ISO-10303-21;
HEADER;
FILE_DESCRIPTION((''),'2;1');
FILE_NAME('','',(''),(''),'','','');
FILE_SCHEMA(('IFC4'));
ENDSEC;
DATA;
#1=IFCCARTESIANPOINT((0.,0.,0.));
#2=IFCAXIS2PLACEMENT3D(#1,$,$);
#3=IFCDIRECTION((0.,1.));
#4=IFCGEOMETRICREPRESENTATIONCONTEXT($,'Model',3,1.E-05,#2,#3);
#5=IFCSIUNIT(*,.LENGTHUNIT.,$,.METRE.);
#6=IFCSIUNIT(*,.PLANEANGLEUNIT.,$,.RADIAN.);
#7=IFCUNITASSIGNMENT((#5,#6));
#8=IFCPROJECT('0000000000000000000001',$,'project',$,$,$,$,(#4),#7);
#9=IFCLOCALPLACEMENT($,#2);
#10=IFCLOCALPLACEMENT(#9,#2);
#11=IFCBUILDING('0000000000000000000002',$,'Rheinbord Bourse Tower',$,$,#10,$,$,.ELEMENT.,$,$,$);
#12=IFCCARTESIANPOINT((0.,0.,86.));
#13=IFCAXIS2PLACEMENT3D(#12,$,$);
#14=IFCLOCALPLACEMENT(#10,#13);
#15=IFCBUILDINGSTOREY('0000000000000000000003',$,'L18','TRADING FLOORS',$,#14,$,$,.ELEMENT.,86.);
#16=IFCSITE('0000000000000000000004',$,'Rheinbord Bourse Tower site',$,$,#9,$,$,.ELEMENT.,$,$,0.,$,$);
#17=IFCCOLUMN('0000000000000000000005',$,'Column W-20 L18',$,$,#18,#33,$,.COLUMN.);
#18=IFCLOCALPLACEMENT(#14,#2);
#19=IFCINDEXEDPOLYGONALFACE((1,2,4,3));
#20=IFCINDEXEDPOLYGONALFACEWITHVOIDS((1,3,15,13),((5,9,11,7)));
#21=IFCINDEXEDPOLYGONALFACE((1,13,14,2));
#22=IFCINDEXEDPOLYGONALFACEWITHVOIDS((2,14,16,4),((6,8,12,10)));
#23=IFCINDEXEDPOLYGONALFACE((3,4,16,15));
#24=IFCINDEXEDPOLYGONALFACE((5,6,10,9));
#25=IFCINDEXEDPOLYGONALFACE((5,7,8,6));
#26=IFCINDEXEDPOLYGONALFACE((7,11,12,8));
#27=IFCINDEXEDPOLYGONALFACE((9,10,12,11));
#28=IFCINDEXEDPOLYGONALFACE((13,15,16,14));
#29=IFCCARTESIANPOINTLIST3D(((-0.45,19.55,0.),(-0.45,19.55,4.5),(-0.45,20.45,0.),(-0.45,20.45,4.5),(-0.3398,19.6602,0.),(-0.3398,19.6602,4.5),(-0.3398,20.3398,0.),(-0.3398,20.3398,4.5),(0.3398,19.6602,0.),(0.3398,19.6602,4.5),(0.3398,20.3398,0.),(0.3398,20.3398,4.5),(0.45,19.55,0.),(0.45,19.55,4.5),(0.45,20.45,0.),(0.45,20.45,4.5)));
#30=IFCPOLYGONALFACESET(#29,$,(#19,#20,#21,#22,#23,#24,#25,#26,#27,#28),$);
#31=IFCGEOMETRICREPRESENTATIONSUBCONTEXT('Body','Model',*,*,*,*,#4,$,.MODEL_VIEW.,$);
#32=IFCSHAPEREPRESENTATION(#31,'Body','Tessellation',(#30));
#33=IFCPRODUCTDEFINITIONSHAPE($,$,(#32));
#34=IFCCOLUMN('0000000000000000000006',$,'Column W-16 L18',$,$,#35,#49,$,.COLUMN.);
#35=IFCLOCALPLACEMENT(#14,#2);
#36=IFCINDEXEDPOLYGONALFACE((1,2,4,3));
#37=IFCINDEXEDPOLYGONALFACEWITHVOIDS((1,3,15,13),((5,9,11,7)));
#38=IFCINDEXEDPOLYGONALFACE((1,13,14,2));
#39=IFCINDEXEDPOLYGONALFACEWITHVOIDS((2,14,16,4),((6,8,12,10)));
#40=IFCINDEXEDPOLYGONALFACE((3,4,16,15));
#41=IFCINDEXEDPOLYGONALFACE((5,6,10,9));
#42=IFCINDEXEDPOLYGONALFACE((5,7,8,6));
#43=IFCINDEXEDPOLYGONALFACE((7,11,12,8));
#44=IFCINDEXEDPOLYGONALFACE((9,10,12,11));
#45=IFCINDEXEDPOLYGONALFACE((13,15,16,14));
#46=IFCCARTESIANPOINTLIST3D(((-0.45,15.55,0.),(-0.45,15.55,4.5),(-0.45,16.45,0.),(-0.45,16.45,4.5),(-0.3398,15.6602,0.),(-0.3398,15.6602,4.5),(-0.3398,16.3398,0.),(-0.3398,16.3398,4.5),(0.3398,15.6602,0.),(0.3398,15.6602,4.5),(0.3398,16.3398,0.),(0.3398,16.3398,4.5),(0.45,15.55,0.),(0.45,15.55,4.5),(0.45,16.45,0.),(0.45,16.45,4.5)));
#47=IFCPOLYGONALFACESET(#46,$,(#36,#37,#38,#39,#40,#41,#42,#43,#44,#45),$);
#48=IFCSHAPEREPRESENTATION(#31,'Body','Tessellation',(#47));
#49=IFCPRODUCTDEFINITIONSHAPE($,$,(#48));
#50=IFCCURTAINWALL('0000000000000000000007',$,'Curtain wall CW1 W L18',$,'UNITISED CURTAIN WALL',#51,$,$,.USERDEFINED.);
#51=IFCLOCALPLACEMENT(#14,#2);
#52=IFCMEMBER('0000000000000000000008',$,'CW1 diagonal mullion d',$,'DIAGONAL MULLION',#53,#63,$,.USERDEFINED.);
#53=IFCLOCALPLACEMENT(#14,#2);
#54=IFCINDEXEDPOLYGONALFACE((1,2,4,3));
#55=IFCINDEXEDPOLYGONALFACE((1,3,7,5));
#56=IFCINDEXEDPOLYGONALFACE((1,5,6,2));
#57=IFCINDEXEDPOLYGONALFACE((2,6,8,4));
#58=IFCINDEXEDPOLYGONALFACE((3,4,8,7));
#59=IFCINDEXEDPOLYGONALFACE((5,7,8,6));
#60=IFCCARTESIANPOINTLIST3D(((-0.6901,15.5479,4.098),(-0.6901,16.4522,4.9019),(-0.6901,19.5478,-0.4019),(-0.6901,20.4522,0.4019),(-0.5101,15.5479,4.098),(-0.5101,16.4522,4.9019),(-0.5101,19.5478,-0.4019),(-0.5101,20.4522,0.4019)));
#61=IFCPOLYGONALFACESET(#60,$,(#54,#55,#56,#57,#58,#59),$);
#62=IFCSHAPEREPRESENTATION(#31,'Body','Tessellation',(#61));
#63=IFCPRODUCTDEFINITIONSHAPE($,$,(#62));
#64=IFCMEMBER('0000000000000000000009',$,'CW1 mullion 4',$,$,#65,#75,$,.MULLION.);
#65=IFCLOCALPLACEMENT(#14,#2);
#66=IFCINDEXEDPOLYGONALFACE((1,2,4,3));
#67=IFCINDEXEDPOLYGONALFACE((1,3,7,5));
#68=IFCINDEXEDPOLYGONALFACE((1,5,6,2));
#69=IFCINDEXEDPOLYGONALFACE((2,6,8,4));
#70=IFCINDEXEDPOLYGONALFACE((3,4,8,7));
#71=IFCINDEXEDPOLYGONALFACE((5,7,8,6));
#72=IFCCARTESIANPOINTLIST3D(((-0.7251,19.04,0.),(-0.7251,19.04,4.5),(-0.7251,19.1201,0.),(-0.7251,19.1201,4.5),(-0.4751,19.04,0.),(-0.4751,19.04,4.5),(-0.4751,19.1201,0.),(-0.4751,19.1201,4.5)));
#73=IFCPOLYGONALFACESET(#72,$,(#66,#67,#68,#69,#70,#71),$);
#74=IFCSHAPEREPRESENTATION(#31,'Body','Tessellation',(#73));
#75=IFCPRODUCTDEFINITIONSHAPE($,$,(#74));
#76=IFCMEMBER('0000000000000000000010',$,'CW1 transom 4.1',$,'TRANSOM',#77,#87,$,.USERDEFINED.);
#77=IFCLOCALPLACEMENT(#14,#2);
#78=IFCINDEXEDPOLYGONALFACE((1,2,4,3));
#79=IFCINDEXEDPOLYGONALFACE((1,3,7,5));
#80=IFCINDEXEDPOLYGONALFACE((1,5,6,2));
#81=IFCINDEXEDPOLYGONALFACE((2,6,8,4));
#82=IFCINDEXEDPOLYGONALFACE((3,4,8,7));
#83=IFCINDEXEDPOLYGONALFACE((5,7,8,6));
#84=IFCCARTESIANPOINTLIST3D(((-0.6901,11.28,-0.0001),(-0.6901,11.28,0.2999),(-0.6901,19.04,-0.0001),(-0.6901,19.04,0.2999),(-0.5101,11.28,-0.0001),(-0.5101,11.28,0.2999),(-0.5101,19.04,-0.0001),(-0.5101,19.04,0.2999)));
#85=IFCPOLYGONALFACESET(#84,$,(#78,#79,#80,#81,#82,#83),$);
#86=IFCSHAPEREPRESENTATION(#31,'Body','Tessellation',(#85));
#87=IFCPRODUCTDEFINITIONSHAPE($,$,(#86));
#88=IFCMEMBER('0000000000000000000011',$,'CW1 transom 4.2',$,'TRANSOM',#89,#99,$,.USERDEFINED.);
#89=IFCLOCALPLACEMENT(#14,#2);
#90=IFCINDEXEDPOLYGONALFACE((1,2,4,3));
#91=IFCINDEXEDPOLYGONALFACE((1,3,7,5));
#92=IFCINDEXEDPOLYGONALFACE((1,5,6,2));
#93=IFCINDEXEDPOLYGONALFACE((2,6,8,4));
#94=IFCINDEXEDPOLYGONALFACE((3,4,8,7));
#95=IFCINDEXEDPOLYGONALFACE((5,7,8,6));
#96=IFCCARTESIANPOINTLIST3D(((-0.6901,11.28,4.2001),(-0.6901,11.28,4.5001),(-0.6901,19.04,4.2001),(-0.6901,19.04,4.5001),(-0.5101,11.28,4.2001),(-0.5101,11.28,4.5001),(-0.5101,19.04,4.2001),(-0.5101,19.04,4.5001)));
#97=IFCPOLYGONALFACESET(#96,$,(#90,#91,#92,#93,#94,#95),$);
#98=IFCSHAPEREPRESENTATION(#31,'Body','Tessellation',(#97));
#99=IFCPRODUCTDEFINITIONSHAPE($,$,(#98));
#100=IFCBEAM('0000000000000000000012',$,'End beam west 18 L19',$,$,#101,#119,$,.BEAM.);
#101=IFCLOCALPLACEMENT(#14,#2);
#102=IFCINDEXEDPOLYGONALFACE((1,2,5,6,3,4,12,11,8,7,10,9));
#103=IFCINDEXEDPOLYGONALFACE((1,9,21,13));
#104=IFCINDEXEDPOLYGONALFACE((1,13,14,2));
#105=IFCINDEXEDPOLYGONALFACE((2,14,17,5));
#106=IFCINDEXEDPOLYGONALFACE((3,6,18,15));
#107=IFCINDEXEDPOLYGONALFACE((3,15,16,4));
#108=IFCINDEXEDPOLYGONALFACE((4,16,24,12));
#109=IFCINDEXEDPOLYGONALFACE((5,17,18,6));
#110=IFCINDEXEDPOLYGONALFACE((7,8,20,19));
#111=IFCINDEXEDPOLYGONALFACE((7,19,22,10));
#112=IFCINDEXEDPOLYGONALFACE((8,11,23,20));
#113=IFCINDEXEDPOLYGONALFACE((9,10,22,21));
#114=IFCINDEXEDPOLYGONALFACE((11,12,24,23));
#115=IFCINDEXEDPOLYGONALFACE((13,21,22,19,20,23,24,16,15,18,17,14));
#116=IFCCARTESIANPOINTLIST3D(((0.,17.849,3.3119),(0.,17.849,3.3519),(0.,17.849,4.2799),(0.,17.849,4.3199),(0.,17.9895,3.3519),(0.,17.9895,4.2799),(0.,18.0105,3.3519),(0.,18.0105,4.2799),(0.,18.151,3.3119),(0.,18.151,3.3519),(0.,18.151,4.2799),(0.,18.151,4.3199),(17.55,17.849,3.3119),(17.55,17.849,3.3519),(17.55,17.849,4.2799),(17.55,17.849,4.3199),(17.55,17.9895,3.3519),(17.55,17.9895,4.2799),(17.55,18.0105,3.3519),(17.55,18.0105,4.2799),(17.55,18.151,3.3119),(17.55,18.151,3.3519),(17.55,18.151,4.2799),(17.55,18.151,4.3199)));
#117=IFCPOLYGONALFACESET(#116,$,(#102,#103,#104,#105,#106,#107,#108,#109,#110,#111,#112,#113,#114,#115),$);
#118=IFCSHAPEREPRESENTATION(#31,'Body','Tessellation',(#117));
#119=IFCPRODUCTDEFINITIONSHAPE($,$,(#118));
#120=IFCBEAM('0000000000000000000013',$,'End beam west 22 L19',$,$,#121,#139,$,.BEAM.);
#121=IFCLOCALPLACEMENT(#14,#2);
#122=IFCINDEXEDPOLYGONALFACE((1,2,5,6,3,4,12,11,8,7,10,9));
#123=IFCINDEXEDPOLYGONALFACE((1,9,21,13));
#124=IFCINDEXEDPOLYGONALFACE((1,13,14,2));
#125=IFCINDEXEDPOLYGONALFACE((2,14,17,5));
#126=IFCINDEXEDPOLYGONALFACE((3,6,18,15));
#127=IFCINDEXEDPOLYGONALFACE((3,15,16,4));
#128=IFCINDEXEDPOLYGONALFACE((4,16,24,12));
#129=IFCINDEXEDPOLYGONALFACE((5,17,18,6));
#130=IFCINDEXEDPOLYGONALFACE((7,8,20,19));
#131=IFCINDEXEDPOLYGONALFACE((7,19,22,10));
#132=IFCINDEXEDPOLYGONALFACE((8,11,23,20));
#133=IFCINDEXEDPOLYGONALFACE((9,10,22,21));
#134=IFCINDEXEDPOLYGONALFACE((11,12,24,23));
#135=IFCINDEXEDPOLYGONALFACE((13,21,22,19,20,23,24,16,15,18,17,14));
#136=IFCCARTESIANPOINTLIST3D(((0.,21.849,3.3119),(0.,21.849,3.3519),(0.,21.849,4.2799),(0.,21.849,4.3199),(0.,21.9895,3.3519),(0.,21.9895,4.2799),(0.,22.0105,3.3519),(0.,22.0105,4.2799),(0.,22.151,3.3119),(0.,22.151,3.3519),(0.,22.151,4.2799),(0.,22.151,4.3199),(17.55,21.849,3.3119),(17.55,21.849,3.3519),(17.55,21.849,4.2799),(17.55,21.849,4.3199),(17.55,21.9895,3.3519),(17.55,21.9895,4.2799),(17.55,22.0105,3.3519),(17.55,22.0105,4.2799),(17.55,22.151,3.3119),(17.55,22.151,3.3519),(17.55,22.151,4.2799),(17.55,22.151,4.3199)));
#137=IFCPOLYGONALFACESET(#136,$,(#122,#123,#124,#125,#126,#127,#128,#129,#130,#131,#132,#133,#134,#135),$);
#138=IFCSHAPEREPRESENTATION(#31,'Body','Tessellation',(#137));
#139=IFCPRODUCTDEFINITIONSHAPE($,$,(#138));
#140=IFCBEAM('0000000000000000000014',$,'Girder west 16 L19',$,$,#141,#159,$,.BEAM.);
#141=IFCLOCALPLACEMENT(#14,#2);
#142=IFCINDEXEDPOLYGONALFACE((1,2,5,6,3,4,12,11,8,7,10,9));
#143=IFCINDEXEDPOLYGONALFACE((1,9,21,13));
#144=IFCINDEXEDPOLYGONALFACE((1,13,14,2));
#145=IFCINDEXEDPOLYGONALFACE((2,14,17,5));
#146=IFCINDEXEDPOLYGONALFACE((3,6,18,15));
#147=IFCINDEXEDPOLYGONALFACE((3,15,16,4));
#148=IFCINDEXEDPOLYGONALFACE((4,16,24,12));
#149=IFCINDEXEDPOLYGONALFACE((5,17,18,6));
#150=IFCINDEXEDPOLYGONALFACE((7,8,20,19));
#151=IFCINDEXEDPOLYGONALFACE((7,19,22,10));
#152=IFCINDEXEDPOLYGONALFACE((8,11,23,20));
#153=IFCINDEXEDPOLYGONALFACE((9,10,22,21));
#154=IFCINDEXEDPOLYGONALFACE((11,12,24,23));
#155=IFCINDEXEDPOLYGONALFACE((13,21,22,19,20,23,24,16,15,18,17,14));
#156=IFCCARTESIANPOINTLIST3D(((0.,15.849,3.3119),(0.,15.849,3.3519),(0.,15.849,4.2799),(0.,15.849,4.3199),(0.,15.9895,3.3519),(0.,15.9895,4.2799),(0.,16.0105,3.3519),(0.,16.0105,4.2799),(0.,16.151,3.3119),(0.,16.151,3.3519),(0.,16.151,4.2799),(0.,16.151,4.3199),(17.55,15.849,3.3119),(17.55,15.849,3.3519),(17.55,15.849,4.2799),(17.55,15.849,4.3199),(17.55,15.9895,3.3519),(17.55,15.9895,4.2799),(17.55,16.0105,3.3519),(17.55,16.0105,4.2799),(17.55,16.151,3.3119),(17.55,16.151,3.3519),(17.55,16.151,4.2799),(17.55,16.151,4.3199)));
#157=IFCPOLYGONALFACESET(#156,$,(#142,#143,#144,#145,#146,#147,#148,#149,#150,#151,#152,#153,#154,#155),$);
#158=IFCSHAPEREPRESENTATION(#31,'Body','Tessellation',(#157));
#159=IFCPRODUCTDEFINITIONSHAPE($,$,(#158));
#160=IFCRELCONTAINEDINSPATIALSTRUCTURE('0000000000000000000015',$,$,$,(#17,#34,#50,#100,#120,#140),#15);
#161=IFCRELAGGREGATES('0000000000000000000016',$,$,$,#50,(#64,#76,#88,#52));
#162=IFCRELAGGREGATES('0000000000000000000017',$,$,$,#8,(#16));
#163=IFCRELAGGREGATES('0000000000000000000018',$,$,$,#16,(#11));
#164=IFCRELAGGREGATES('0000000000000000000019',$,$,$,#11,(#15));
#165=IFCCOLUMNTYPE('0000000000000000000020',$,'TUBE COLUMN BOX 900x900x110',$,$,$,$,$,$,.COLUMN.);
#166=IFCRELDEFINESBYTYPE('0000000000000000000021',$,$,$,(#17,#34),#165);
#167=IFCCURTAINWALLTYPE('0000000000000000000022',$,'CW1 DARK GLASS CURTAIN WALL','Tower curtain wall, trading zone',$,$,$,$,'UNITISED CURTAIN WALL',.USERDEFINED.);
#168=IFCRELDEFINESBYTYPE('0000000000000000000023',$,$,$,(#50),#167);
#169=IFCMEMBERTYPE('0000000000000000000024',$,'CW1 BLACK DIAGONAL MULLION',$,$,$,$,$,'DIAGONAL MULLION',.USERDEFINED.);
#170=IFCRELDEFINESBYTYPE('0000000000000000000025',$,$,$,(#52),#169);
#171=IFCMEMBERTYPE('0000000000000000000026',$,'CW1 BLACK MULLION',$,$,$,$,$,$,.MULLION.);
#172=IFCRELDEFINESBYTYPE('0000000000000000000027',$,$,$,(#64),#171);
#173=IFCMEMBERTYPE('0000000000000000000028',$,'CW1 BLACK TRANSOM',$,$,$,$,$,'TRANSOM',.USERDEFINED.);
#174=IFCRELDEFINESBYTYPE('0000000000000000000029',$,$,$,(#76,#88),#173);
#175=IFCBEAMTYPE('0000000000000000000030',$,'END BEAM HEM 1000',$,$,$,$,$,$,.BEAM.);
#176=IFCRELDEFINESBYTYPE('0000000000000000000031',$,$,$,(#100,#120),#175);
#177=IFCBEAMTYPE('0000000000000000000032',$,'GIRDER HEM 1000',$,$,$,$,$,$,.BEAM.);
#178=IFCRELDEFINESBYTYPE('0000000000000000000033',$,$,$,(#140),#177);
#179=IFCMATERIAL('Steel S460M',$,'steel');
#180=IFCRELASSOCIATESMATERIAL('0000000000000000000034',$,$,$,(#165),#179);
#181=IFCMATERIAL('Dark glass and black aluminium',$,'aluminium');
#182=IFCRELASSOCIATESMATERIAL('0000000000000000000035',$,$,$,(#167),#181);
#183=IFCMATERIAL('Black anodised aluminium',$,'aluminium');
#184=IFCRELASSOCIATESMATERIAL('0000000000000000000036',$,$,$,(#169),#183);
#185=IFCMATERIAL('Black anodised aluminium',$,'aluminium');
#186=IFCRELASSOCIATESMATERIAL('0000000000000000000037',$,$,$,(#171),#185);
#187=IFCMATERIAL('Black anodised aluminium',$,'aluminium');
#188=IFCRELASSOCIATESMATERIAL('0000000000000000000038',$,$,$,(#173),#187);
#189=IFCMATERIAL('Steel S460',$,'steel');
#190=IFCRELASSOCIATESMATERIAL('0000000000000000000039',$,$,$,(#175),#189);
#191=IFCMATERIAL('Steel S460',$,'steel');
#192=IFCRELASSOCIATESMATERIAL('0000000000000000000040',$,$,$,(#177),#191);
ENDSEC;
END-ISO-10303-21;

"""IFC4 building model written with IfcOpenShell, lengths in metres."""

from ifc_helpers import new_model, si_unit, direction, frame, origin, origin_2d, place, context, subcontext, project, spatial, rectangle, hollow_rectangle, i_section, extrude, material, material_profile, profile_set, type_object, element, aggregate, save


model = new_model("IFC4")

# Units and contexts
model_context = context("Model", 3, precision=1e-05, world=origin(), true_north=direction((0.0, 1.0)))
body_context = subcontext(model_context, "Body", "Model", "MODEL_VIEW")
ifc_project = project(units=[si_unit("LENGTHUNIT", "METRE"), si_unit("PLANEANGLEUNIT", "RADIAN")], contexts=[model_context])

# Site, building, storey
site_placement = place(None, origin())
site = spatial("IfcSite", under=ifc_project, at=site_placement, Name="Rheinbord Bourse Tower site", CompositionType="ELEMENT", RefElevation=0.0)
building_placement = place(site_placement, origin())
building = spatial("IfcBuilding", under=site, at=building_placement, Name="Rheinbord Bourse Tower", CompositionType="ELEMENT")
storey_placement = place(building_placement, frame((0.0, 0.0, 86.0)))
storey = spatial("IfcBuildingStorey", under=building, at=storey_placement, Name="L18", Description="TRADING FLOORS", CompositionType="ELEMENT", Elevation=86.0)

# Columns
ifc_material_1 = material(Name="Steel S460M", Category="steel")
ifc_material_profile_1 = material_profile(ifc_material_1, hollow_rectangle(XDim=0.8999, YDim=0.8999, WallThickness=0.1101, at=origin_2d()), Name="BOX 900x900x110")
ifc_profile_set_1 = profile_set([ifc_material_profile_1], Name="Steel S460M")
column_type = type_object("IfcColumnType", Name="TUBE COLUMN BOX 900x900x110", PredefinedType="COLUMN", material=ifc_profile_set_1)
for number, where, z_axis, x_axis, name in (
    (1, (0.0, 20.0, 0.0), (0.0, 0.0, 1.0), (1.0, 0.0, 0.0), "Column W-20 L18"),
    (2, (0.0, 16.0, 0.0), (0.0, 0.0, 1.0), (1.0, 0.0, 0.0), "Column W-16 L18"),
):
    element("IfcColumn", number, at=place(storey_placement, frame(where, z_axis=z_axis, x_axis=x_axis)), inside=storey, type_object=column_type, Name=name, PredefinedType="COLUMN", context=body_context, shape_type="SweptSolid", body=[
        extrude(hollow_rectangle(XDim=0.8999, YDim=0.8999, WallThickness=0.1101, at=origin_2d()), origin(), (0.0, 0.0, 1.0), 4.5),
    ])

# Curtain wall, members
ifc_material_2 = material(Name="Dark glass and black aluminium", Category="aluminium")
curtain_wall_type = type_object("IfcCurtainWallType", Name="CW1 DARK GLASS CURTAIN WALL", Description="Tower curtain wall, trading zone", ElementType="UNITISED CURTAIN WALL", PredefinedType="USERDEFINED", material=ifc_material_2)
curtain_wall_placement = place(storey_placement, origin())
curtain_wall = element("IfcCurtainWall", 3, at=curtain_wall_placement, inside=storey, type_object=curtain_wall_type, Name="Curtain wall CW1 W L18", ObjectType="UNITISED CURTAIN WALL", PredefinedType="USERDEFINED")
ifc_material_3 = material(Name="Black anodised aluminium", Category="aluminium")
ifc_material_profile_2 = material_profile(ifc_material_3, rectangle(XDim=0.1799, YDim=1.21, at=origin_2d()), Name="CW1 DIAGONAL MULLION 1210x180")
ifc_profile_set_2 = profile_set([ifc_material_profile_2], Name="Black anodised aluminium")
member_type_1 = type_object("IfcMemberType", Name="CW1 BLACK DIAGONAL MULLION", ElementType="DIAGONAL MULLION", PredefinedType="USERDEFINED", material=ifc_profile_set_2)
member_1_placement = place(storey_placement, frame((-0.6001, 20.0, 0.0), z_axis=(0.0, -0.664364, 0.747409), x_axis=(1.0, 0.0, 0.0)))
member_1 = element("IfcMember", 4, at=member_1_placement, type_object=member_type_1, Name="CW1 diagonal mullion d", ObjectType="DIAGONAL MULLION", PredefinedType="USERDEFINED", context=body_context, shape_type="SweptSolid", body=[
    extrude(rectangle(XDim=0.1799, YDim=1.21, at=origin_2d()), origin(), (0.0, 0.0, 1.0), 6.0208),
])
ifc_material_4 = material(Name="Black anodised aluminium", Category="aluminium")
ifc_material_profile_3 = material_profile(ifc_material_4, rectangle(XDim=0.25, YDim=0.0801, at=origin_2d()), Name="CW1 MULLION 80x250")
ifc_profile_set_3 = profile_set([ifc_material_profile_3], Name="Black anodised aluminium")
member_type_2 = type_object("IfcMemberType", Name="CW1 BLACK MULLION", PredefinedType="MULLION", material=ifc_profile_set_3)
member_2_placement = place(storey_placement, frame((-0.6001, 19.0801, 0.0), z_axis=(0.0, 0.0, 1.0), x_axis=(1.0, 0.0, 0.0)))
member_2 = element("IfcMember", 5, at=member_2_placement, type_object=member_type_2, Name="CW1 mullion 4", PredefinedType="MULLION", context=body_context, shape_type="SweptSolid", body=[
    extrude(rectangle(XDim=0.25, YDim=0.0801, at=origin_2d()), origin(), (0.0, 0.0, 1.0), 4.5),
])
ifc_material_5 = material(Name="Black anodised aluminium", Category="aluminium")
ifc_material_profile_4 = material_profile(ifc_material_5, rectangle(XDim=0.1799, YDim=0.3, at=origin_2d()), Name="CW1 TRANSOM 300x180")
ifc_profile_set_4 = profile_set([ifc_material_profile_4], Name="Black anodised aluminium")
member_type_3 = type_object("IfcMemberType", Name="CW1 BLACK TRANSOM", ElementType="TRANSOM", PredefinedType="USERDEFINED", material=ifc_profile_set_4)
member_3_placement = place(storey_placement, frame((-0.6001, 19.04, 0.1499), z_axis=(0.0, -1.0, 0.0), x_axis=(1.0, 0.0, 0.0)))
member_3 = element("IfcMember", 6, at=member_3_placement, type_object=member_type_3, Name="CW1 transom 4.1", ObjectType="TRANSOM", PredefinedType="USERDEFINED", context=body_context, shape_type="SweptSolid", body=[
    extrude(rectangle(XDim=0.1799, YDim=0.3, at=origin_2d()), origin(), (0.0, 0.0, 1.0), 7.76),
])
member_4_placement = place(storey_placement, frame((-0.6001, 19.04, 4.3501), z_axis=(0.0, -1.0, 0.0), x_axis=(1.0, 0.0, 0.0)))
member_4 = element("IfcMember", 7, at=member_4_placement, type_object=member_type_3, Name="CW1 transom 4.2", ObjectType="TRANSOM", PredefinedType="USERDEFINED", context=body_context, shape_type="SweptSolid", body=[
    extrude(rectangle(XDim=0.1799, YDim=0.3, at=origin_2d()), origin(), (0.0, 0.0, 1.0), 7.76),
])

# Beams
ifc_material_6 = material(Name="Steel S460", Category="steel")
ifc_material_profile_5 = material_profile(ifc_material_6, i_section(OverallWidth=0.302, OverallDepth=1.0081, WebThickness=0.021, FlangeThickness=0.04, at=origin_2d()), Name="HEM 1000")
ifc_profile_set_5 = profile_set([ifc_material_profile_5], Name="Steel S460")
beam_type_1 = type_object("IfcBeamType", Name="END BEAM HEM 1000", PredefinedType="BEAM", material=ifc_profile_set_5)
for number, where, z_axis, x_axis, name in (
    (8, (0.0, 18.0, 3.8159), (1.0, 0.0, 0.0), (0.0, 1.0, 0.0), "End beam west 18 L19"),
    (9, (0.0, 22.0, 3.8159), (1.0, 0.0, 0.0), (0.0, 1.0, 0.0), "End beam west 22 L19"),
):
    element("IfcBeam", number, at=place(storey_placement, frame(where, z_axis=z_axis, x_axis=x_axis)), inside=storey, type_object=beam_type_1, Name=name, PredefinedType="BEAM", context=body_context, shape_type="SweptSolid", body=[
        extrude(i_section(OverallWidth=0.302, OverallDepth=1.0081, WebThickness=0.021, FlangeThickness=0.04, at=origin_2d()), origin(), (0.0, 0.0, 1.0), 17.55),
    ])
ifc_material_7 = material(Name="Steel S460", Category="steel")
ifc_material_profile_6 = material_profile(ifc_material_7, i_section(OverallWidth=0.302, OverallDepth=1.0081, WebThickness=0.021, FlangeThickness=0.04, at=origin_2d()), Name="HEM 1000")
ifc_profile_set_6 = profile_set([ifc_material_profile_6], Name="Steel S460")
beam_type_2 = type_object("IfcBeamType", Name="GIRDER HEM 1000", PredefinedType="BEAM", material=ifc_profile_set_6)
beam_1_placement = place(storey_placement, frame((0.0, 16.0, 3.8159), z_axis=(1.0, 0.0, 0.0), x_axis=(0.0, 1.0, 0.0)))
element("IfcBeam", 10, at=beam_1_placement, inside=storey, type_object=beam_type_2, Name="Girder west 16 L19", PredefinedType="BEAM", context=body_context, shape_type="SweptSolid", body=[
    extrude(i_section(OverallWidth=0.302, OverallDepth=1.0081, WebThickness=0.021, FlangeThickness=0.04, at=origin_2d()), origin(), (0.0, 0.0, 1.0), 17.55),
])

aggregate(curtain_wall, [member_2, member_3, member_4, member_1])

save(model, "model.ifc")
